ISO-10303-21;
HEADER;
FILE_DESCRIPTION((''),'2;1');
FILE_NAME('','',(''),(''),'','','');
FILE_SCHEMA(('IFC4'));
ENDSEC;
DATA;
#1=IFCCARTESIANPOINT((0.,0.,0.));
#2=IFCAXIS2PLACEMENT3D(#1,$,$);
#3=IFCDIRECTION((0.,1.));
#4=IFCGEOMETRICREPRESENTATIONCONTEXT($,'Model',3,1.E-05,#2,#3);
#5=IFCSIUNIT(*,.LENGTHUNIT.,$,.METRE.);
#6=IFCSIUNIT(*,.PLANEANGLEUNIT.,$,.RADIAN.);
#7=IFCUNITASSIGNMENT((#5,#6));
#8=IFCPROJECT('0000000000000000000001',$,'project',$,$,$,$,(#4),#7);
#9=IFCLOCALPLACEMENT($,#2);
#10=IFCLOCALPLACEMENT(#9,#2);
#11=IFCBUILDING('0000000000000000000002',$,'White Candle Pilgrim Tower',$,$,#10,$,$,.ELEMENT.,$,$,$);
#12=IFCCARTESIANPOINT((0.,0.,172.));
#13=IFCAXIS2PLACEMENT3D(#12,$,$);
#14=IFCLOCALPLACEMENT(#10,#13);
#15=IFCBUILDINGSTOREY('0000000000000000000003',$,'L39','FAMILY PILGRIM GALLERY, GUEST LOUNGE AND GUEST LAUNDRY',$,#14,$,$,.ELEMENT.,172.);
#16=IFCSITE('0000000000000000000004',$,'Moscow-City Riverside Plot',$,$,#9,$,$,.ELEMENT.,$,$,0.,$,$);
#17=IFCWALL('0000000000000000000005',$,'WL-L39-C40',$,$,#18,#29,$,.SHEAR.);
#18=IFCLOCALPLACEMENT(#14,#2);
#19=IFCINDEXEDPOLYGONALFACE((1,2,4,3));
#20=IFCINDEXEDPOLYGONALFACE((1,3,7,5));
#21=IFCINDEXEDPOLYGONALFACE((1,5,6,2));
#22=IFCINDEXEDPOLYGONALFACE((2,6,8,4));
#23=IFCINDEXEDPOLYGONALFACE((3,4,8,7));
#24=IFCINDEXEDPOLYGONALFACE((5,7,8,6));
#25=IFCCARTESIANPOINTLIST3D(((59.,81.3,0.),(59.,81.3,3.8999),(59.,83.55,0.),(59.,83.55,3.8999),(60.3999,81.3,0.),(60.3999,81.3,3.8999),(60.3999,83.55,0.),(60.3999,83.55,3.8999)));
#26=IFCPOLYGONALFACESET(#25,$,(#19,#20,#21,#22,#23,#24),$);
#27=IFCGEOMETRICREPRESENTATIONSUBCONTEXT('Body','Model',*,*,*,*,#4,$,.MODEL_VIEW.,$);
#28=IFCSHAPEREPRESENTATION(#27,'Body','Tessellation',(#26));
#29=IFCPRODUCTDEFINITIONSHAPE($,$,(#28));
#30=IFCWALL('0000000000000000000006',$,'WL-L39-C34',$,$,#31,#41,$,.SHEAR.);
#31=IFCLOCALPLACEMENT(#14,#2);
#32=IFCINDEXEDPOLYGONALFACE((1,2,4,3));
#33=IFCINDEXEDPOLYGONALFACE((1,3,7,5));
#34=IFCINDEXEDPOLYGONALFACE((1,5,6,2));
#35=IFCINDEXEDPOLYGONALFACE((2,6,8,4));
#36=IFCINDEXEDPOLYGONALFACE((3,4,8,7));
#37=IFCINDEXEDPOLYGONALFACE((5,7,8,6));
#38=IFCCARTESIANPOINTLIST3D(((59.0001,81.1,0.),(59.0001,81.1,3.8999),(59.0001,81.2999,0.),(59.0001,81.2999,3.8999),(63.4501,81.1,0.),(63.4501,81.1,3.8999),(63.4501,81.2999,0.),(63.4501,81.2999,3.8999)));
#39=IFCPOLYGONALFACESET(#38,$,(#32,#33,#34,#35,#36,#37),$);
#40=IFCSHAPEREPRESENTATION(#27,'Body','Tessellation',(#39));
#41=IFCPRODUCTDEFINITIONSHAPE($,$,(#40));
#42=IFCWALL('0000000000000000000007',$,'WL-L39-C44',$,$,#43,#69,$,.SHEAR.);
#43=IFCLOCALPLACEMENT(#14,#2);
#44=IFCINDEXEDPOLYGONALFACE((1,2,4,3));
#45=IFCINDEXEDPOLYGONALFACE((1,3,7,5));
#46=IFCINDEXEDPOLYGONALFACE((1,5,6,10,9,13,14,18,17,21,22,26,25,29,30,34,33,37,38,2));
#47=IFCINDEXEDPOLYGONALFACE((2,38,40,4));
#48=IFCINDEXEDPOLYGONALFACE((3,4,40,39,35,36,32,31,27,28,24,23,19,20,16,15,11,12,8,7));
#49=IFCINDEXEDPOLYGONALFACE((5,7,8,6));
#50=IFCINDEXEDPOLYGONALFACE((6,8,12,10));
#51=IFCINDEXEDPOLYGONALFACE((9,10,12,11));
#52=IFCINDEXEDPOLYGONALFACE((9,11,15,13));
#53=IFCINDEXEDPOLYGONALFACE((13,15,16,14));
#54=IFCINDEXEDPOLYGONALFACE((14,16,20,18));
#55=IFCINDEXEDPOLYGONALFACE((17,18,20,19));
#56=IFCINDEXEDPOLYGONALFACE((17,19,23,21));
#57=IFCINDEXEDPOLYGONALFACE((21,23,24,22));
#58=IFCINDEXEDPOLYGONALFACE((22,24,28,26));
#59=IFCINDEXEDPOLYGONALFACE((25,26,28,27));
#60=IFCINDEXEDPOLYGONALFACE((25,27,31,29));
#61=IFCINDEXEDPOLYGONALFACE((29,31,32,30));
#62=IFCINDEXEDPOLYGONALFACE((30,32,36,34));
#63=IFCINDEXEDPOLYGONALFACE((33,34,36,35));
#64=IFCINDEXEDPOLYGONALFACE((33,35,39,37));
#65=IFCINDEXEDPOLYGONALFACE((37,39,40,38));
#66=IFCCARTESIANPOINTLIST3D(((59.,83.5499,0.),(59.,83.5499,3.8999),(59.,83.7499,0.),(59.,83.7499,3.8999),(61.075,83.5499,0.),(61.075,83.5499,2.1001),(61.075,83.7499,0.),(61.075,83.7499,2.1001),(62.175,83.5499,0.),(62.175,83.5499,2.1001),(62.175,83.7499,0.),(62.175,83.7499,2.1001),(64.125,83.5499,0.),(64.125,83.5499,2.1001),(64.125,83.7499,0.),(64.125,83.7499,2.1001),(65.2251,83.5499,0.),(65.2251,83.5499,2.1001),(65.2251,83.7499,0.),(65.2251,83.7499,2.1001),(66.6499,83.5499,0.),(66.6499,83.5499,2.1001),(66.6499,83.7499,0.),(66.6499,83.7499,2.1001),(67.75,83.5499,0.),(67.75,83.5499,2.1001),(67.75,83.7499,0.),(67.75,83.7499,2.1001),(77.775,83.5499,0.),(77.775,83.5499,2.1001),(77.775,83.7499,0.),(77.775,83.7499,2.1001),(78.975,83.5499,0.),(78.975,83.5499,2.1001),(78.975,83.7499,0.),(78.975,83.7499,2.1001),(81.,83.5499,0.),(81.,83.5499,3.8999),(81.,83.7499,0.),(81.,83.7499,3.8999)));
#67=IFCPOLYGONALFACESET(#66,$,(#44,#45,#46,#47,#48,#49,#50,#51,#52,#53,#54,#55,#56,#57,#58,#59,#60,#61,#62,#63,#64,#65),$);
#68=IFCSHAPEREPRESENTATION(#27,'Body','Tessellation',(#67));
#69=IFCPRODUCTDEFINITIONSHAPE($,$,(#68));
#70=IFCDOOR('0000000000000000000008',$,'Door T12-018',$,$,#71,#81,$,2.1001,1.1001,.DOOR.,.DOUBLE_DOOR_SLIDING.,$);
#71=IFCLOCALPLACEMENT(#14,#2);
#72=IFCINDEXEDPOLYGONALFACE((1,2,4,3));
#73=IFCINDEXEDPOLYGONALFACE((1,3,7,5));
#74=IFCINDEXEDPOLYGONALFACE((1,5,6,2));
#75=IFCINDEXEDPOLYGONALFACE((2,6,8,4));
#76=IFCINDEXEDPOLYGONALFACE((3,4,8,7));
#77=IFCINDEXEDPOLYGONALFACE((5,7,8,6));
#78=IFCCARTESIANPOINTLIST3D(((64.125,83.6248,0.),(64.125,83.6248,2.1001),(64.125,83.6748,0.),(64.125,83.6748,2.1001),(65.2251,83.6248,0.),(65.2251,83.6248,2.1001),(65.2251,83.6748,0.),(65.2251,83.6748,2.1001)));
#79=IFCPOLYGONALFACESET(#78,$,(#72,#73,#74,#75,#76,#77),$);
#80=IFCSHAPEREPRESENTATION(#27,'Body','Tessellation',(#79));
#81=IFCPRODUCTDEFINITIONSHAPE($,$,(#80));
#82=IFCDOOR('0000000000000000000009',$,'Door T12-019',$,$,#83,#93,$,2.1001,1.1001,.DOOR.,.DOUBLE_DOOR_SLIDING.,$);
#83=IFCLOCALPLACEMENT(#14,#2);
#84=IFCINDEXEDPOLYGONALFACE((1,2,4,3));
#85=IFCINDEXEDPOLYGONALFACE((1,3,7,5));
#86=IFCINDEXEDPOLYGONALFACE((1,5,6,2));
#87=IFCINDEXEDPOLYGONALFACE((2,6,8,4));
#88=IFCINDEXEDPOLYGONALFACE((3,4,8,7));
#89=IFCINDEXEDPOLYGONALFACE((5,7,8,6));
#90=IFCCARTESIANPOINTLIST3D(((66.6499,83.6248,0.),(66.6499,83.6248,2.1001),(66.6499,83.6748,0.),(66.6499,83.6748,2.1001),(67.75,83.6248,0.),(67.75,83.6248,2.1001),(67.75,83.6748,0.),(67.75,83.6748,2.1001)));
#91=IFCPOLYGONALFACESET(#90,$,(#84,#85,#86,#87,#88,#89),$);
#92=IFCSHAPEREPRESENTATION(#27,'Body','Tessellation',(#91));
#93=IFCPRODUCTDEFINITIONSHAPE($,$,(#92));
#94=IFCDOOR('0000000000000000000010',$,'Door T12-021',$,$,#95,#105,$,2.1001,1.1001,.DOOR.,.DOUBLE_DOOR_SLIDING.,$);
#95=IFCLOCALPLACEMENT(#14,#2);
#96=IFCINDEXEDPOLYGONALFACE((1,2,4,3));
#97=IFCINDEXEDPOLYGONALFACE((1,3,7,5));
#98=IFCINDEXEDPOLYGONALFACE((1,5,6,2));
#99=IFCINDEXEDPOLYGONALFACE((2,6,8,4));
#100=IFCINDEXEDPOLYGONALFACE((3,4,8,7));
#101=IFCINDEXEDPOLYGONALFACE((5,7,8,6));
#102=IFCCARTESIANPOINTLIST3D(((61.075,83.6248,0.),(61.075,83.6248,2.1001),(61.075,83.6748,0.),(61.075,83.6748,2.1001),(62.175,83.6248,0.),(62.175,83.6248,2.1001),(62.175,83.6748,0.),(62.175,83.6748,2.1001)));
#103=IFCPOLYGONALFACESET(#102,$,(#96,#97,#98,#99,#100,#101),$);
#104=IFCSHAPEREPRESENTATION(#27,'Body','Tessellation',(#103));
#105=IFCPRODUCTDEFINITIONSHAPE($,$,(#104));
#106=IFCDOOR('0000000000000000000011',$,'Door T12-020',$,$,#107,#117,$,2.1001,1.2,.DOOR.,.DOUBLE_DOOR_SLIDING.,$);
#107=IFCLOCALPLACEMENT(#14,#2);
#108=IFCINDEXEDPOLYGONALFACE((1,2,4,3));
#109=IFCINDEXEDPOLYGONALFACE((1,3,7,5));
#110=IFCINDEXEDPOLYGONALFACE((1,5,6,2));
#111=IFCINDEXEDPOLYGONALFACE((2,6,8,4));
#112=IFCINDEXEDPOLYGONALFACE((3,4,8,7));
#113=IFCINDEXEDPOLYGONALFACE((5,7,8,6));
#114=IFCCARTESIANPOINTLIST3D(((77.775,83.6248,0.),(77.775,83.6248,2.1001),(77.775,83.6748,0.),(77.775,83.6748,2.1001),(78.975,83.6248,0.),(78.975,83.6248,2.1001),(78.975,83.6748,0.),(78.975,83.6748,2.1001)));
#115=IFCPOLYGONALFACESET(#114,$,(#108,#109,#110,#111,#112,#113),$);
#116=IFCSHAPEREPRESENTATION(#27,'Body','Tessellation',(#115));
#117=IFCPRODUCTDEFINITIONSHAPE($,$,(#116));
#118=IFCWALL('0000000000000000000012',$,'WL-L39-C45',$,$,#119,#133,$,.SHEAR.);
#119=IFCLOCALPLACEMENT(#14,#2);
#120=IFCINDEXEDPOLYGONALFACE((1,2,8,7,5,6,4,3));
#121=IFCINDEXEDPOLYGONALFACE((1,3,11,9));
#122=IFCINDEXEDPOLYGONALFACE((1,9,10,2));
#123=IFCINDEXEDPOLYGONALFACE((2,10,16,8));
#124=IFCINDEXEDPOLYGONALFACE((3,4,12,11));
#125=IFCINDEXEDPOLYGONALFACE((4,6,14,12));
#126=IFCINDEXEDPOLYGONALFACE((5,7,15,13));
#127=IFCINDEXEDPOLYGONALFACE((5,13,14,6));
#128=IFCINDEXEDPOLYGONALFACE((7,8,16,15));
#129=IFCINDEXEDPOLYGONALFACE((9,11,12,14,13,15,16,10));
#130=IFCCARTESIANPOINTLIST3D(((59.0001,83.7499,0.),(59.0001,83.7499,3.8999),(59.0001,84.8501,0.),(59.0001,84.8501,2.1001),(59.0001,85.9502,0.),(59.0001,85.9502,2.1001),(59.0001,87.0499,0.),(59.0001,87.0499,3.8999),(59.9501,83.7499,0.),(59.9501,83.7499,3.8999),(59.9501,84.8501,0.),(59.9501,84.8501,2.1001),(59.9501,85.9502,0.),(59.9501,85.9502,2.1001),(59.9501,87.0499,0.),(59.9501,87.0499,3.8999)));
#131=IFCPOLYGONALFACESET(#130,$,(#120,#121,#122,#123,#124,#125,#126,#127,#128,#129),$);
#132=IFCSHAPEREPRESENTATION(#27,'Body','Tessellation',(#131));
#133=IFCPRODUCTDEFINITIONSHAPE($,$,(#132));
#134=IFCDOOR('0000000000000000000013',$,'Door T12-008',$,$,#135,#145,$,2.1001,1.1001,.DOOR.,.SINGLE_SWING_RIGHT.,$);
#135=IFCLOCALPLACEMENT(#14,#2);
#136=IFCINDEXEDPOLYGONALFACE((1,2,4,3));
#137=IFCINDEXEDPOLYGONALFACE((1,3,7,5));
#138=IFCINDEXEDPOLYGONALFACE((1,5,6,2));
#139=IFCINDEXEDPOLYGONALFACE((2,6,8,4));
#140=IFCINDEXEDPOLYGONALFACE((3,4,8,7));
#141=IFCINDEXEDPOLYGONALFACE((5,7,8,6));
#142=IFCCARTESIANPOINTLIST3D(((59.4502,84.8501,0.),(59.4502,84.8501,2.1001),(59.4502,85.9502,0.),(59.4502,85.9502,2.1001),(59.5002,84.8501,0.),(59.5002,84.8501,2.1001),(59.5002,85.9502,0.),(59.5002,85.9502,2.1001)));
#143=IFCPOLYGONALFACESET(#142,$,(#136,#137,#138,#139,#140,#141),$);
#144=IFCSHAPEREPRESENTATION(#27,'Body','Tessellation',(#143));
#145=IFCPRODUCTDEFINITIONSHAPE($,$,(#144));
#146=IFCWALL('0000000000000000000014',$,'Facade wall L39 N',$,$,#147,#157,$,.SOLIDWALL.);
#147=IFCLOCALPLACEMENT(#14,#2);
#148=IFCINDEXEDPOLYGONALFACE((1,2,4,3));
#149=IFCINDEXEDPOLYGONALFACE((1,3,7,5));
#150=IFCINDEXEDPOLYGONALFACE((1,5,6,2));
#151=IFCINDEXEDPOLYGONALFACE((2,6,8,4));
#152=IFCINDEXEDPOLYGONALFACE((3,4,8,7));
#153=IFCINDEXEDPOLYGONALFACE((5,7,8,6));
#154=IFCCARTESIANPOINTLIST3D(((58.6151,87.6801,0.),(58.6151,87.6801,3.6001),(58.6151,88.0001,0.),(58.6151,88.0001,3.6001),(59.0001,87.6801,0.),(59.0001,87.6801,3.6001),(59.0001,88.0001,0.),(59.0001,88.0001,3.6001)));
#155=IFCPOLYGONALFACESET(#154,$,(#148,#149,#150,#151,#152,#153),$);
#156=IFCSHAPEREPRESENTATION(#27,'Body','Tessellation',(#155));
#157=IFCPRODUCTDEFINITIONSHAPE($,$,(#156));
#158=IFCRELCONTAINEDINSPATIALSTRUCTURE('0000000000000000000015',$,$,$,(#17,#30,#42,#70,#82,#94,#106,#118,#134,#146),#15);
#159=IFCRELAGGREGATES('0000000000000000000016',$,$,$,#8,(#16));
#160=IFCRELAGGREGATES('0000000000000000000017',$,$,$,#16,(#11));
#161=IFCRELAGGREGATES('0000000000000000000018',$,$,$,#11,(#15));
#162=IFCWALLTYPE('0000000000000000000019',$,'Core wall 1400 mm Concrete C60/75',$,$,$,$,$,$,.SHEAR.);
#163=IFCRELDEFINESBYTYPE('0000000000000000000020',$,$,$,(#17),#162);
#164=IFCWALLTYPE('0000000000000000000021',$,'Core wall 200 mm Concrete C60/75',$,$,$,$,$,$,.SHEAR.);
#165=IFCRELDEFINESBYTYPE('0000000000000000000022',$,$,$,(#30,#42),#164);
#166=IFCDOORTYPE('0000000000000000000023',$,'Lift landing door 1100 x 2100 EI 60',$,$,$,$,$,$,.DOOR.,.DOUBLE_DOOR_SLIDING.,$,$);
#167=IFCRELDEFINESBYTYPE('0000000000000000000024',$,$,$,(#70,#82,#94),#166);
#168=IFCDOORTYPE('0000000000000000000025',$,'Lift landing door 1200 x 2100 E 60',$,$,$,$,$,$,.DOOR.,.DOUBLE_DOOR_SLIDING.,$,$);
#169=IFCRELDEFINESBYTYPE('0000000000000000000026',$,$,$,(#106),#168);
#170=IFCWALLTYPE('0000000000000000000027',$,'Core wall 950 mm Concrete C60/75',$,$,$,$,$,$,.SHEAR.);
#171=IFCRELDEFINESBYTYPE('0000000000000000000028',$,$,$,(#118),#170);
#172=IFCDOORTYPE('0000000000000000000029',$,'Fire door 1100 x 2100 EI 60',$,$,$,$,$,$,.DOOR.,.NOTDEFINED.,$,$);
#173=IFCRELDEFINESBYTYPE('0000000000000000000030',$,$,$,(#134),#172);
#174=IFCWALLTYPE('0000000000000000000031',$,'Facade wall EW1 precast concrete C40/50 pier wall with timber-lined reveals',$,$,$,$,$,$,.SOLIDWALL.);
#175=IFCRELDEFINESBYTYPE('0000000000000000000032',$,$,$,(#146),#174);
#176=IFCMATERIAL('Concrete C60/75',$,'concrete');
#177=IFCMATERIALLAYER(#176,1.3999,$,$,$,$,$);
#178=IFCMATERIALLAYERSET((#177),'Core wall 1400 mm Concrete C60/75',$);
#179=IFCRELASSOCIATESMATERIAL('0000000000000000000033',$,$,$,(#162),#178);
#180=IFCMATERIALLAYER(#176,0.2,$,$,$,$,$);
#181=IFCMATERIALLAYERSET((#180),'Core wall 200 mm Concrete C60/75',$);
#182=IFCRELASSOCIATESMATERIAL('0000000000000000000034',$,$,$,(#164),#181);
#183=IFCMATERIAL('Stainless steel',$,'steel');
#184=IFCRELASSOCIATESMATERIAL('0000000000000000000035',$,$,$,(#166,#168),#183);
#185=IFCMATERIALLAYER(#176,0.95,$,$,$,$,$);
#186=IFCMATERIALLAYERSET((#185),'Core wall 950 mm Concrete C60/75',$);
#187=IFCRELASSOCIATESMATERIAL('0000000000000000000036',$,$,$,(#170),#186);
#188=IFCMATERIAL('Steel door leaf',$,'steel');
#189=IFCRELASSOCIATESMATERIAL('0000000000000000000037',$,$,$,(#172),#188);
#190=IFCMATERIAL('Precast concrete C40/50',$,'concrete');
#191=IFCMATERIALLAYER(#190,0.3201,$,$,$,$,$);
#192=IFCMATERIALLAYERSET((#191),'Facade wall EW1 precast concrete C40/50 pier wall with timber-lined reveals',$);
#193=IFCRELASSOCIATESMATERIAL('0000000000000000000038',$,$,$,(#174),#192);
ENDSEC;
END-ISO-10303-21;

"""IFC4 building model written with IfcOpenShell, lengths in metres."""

from ifc_helpers import new_model, si_unit, direction, frame, frame_2d, origin, place, context, subcontext, project, spatial, rectangle, extrude, material, layer, layer_set, type_object, element, fill, save


model = new_model("IFC4")

# Units and contexts
model_context = context("Model", 3, precision=1e-05, world=origin(), true_north=direction((0.0, 1.0)))
body_context = subcontext(model_context, "Body", "Model", "MODEL_VIEW")
ifc_project = project(units=[si_unit("LENGTHUNIT", "METRE"), si_unit("PLANEANGLEUNIT", "RADIAN")], contexts=[model_context])

# Site, building, storey
site_placement = place(None, origin())
site = spatial("IfcSite", under=ifc_project, at=site_placement, Name="Moscow-City Riverside Plot", CompositionType="ELEMENT", RefElevation=0.0)
building_placement = place(site_placement, origin())
building = spatial("IfcBuilding", under=site, at=building_placement, Name="White Candle Pilgrim Tower", CompositionType="ELEMENT")
storey_placement = place(building_placement, frame((0.0, 0.0, 172.0)))
storey = spatial("IfcBuildingStorey", under=building, at=storey_placement, Name="L39", Description="FAMILY PILGRIM GALLERY, GUEST LOUNGE AND GUEST LAUNDRY", CompositionType="ELEMENT", Elevation=172.0)

# Walls
ifc_material_1 = material(Name="Concrete C60/75", Category="concrete")
ifc_layer_1 = layer(ifc_material_1, 1.3999)
ifc_layer_set_1 = layer_set([ifc_layer_1], Name="Core wall 1400 mm Concrete C60/75")
wall_type_1 = type_object("IfcWallType", Name="Core wall 1400 mm Concrete C60/75", PredefinedType="SHEAR", material=ifc_layer_set_1)
wall_1_placement = place(storey_placement, frame((59.7, 81.3, 0.0), z_axis=(0.0, 0.0, 1.0), x_axis=(0.0, 1.0, 0.0)))
element("IfcWall", 1, at=wall_1_placement, inside=storey, type_object=wall_type_1, Name="WL-L39-C40", PredefinedType="SHEAR", context=body_context, shape_type="SweptSolid", body=[
    extrude(rectangle(XDim=2.25, YDim=1.3999, at=frame_2d((1.125, 0.0))), origin(), (0.0, 0.0, 1.0), 3.8999),
])
ifc_layer_2 = layer(ifc_material_1, 0.2)
ifc_layer_set_2 = layer_set([ifc_layer_2], Name="Core wall 200 mm Concrete C60/75")
wall_type_2 = type_object("IfcWallType", Name="Core wall 200 mm Concrete C60/75", PredefinedType="SHEAR", material=ifc_layer_set_2)
wall_2_placement = place(storey_placement, frame((59.0, 81.2, 0.0), z_axis=(0.0, 0.0, 1.0), x_axis=(1.0, 0.0, 0.0)))
element("IfcWall", 2, at=wall_2_placement, inside=storey, type_object=wall_type_2, Name="WL-L39-C34", PredefinedType="SHEAR", context=body_context, shape_type="SweptSolid", body=[
    extrude(rectangle(XDim=4.45, YDim=0.2, at=frame_2d((2.2251, 0.0))), origin(), (0.0, 0.0, 1.0), 3.8999),
])

# Wall, openings, doors
wall_3_placement = place(storey_placement, frame((59.0, 83.6499, 0.0), z_axis=(0.0, 0.0, 1.0), x_axis=(1.0, 0.0, 0.0)))
wall_3 = element("IfcWall", 3, at=wall_3_placement, inside=storey, type_object=wall_type_2, Name="WL-L39-C44", PredefinedType="SHEAR", context=body_context, shape_type="SweptSolid", body=[
    extrude(rectangle(XDim=22.0, YDim=0.2, at=frame_2d((11.0, 0.0))), origin(), (0.0, 0.0, 1.0), 3.8999),
])
opening_1_placement = place(wall_3_placement, frame((5.125, 0.0, 0.0)))
opening_1 = element("IfcOpeningElement", 4, at=opening_1_placement, cuts=wall_3, PredefinedType="OPENING", context=body_context, shape_type="SweptSolid", body=[
    extrude(rectangle(XDim=1.1001, YDim=2.1001, at=frame_2d((0.55, 1.05))), frame((0.0, 0.1099, 0.0), z_axis=(0.0, -1.0, 0.0), x_axis=(1.0, 0.0, 0.0)), (0.0, 0.0, 1.0), 0.22),
])
opening_2_placement = place(wall_3_placement, frame((7.6499, 0.0, 0.0)))
opening_2 = element("IfcOpeningElement", 5, at=opening_2_placement, cuts=wall_3, PredefinedType="OPENING", context=body_context, shape_type="SweptSolid", body=[
    extrude(rectangle(XDim=1.1001, YDim=2.1001, at=frame_2d((0.55, 1.05))), frame((0.0, 0.1099, 0.0), z_axis=(0.0, -1.0, 0.0), x_axis=(1.0, 0.0, 0.0)), (0.0, 0.0, 1.0), 0.22),
])
opening_3_placement = place(wall_3_placement, frame((18.7749, 0.0, 0.0)))
opening_3 = element("IfcOpeningElement", 6, at=opening_3_placement, cuts=wall_3, PredefinedType="OPENING", context=body_context, shape_type="SweptSolid", body=[
    extrude(rectangle(XDim=1.2, YDim=2.1001, at=frame_2d((0.6001, 1.05))), frame((0.0, 0.1099, 0.0), z_axis=(0.0, -1.0, 0.0), x_axis=(1.0, 0.0, 0.0)), (0.0, 0.0, 1.0), 0.22),
])
opening_4_placement = place(wall_3_placement, frame((2.075, 0.0, 0.0)))
opening_4 = element("IfcOpeningElement", 7, at=opening_4_placement, cuts=wall_3, PredefinedType="OPENING", context=body_context, shape_type="SweptSolid", body=[
    extrude(rectangle(XDim=1.1001, YDim=2.1001, at=frame_2d((0.55, 1.05))), frame((0.0, 0.1099, 0.0), z_axis=(0.0, -1.0, 0.0), x_axis=(1.0, 0.0, 0.0)), (0.0, 0.0, 1.0), 0.22),
])
ifc_material_2 = material(Name="Stainless steel", Category="steel")
door_type_1 = type_object("IfcDoorType", Name="Lift landing door 1100 x 2100 EI 60", OperationType="DOUBLE_DOOR_SLIDING", PredefinedType="DOOR", material=ifc_material_2)
door_1_placement = place(opening_1_placement, origin())
door_1 = element("IfcDoor", 8, at=door_1_placement, inside=storey, type_object=door_type_1, Name="Door T12-018", OperationType="DOUBLE_DOOR_SLIDING", OverallHeight=2.1001, OverallWidth=1.1001, PredefinedType="DOOR", context=body_context, shape_type="SweptSolid", body=[
    extrude(rectangle(XDim=1.1001, YDim=2.1001, at=frame_2d((0.55, 1.05))), frame((0.0, 0.0249, 0.0), z_axis=(0.0, -1.0, 0.0), x_axis=(1.0, 0.0, 0.0)), (0.0, 0.0, 1.0), 0.05),
])
fill(opening_1, door_1)
door_2_placement = place(opening_2_placement, origin())
door_2 = element("IfcDoor", 9, at=door_2_placement, inside=storey, type_object=door_type_1, Name="Door T12-019", OperationType="DOUBLE_DOOR_SLIDING", OverallHeight=2.1001, OverallWidth=1.1001, PredefinedType="DOOR", context=body_context, shape_type="SweptSolid", body=[
    extrude(rectangle(XDim=1.1001, YDim=2.1001, at=frame_2d((0.55, 1.05))), frame((0.0, 0.0249, 0.0), z_axis=(0.0, -1.0, 0.0), x_axis=(1.0, 0.0, 0.0)), (0.0, 0.0, 1.0), 0.05),
])
fill(opening_2, door_2)
door_3_placement = place(opening_4_placement, origin())
door_3 = element("IfcDoor", 10, at=door_3_placement, inside=storey, type_object=door_type_1, Name="Door T12-021", OperationType="DOUBLE_DOOR_SLIDING", OverallHeight=2.1001, OverallWidth=1.1001, PredefinedType="DOOR", context=body_context, shape_type="SweptSolid", body=[
    extrude(rectangle(XDim=1.1001, YDim=2.1001, at=frame_2d((0.55, 1.05))), frame((0.0, 0.0249, 0.0), z_axis=(0.0, -1.0, 0.0), x_axis=(1.0, 0.0, 0.0)), (0.0, 0.0, 1.0), 0.05),
])
fill(opening_4, door_3)
door_type_2 = type_object("IfcDoorType", Name="Lift landing door 1200 x 2100 E 60", OperationType="DOUBLE_DOOR_SLIDING", PredefinedType="DOOR", material=ifc_material_2)
door_4_placement = place(opening_3_placement, origin())
door_4 = element("IfcDoor", 11, at=door_4_placement, inside=storey, type_object=door_type_2, Name="Door T12-020", OperationType="DOUBLE_DOOR_SLIDING", OverallHeight=2.1001, OverallWidth=1.2, PredefinedType="DOOR", context=body_context, shape_type="SweptSolid", body=[
    extrude(rectangle(XDim=1.2, YDim=2.1001, at=frame_2d((0.6001, 1.05))), frame((0.0, 0.0249, 0.0), z_axis=(0.0, -1.0, 0.0), x_axis=(1.0, 0.0, 0.0)), (0.0, 0.0, 1.0), 0.05),
])
fill(opening_3, door_4)

# Wall, opening, door
ifc_layer_3 = layer(ifc_material_1, 0.95)
ifc_layer_set_3 = layer_set([ifc_layer_3], Name="Core wall 950 mm Concrete C60/75")
wall_type_3 = type_object("IfcWallType", Name="Core wall 950 mm Concrete C60/75", PredefinedType="SHEAR", material=ifc_layer_set_3)
wall_4_placement = place(storey_placement, frame((59.4751, 83.75, 0.0), z_axis=(0.0, 0.0, 1.0), x_axis=(0.0, 1.0, 0.0)))
wall_4 = element("IfcWall", 12, at=wall_4_placement, inside=storey, type_object=wall_type_3, Name="WL-L39-C45", PredefinedType="SHEAR", context=body_context, shape_type="SweptSolid", body=[
    extrude(rectangle(XDim=3.3, YDim=0.95, at=frame_2d((1.6499, 0.0))), origin(), (0.0, 0.0, 1.0), 3.8999),
])
opening_5_placement = place(wall_4_placement, frame((1.1001, 0.0, 0.0)))
opening_5 = element("IfcOpeningElement", 13, at=opening_5_placement, cuts=wall_4, PredefinedType="OPENING", context=body_context, shape_type="SweptSolid", body=[
    extrude(rectangle(XDim=1.1001, YDim=2.1001, at=frame_2d((0.55, 1.05))), frame((0.0, 0.4849, 0.0), z_axis=(0.0, -1.0, 0.0), x_axis=(1.0, 0.0, 0.0)), (0.0, 0.0, 1.0), 0.97),
])
ifc_material_3 = material(Name="Steel door leaf", Category="steel")
door_type_3 = type_object("IfcDoorType", Name="Fire door 1100 x 2100 EI 60", OperationType="NOTDEFINED", PredefinedType="DOOR", material=ifc_material_3)
door_5_placement = place(opening_5_placement, origin())
door_5 = element("IfcDoor", 14, at=door_5_placement, inside=storey, type_object=door_type_3, Name="Door T12-008", OperationType="SINGLE_SWING_RIGHT", OverallHeight=2.1001, OverallWidth=1.1001, PredefinedType="DOOR", context=body_context, shape_type="SweptSolid", body=[
    extrude(rectangle(XDim=1.1001, YDim=2.1001, at=frame_2d((0.55, 1.05))), frame((0.0, 0.0249, 0.0), z_axis=(0.0, -1.0, 0.0), x_axis=(1.0, 0.0, 0.0)), (0.0, 0.0, 1.0), 0.05),
])
fill(opening_5, door_5)

# Wall
ifc_material_4 = material(Name="Precast concrete C40/50", Category="concrete")
ifc_layer_4 = layer(ifc_material_4, 0.3201)
ifc_layer_set_4 = layer_set([ifc_layer_4], Name="Facade wall EW1 precast concrete C40/50 pier wall with timber-lined reveals")
wall_type_4 = type_object("IfcWallType", Name="Facade wall EW1 precast concrete C40/50 pier wall with timber-lined reveals", PredefinedType="SOLIDWALL", material=ifc_layer_set_4)
wall_5_placement = place(storey_placement, frame((59.0, 87.8401, 0.0), z_axis=(0.0, 0.0, 1.0), x_axis=(-1.0, 0.0, 0.0)))
element("IfcWall", 15, at=wall_5_placement, inside=storey, type_object=wall_type_4, Name="Facade wall L39 N", PredefinedType="SOLIDWALL", context=body_context, shape_type="SweptSolid", body=[
    extrude(rectangle(XDim=0.385, YDim=0.3201, at=frame_2d((0.1924, 0.0))), origin(), (0.0, 0.0, 1.0), 3.6001),
])

save(model, "model.ifc")
